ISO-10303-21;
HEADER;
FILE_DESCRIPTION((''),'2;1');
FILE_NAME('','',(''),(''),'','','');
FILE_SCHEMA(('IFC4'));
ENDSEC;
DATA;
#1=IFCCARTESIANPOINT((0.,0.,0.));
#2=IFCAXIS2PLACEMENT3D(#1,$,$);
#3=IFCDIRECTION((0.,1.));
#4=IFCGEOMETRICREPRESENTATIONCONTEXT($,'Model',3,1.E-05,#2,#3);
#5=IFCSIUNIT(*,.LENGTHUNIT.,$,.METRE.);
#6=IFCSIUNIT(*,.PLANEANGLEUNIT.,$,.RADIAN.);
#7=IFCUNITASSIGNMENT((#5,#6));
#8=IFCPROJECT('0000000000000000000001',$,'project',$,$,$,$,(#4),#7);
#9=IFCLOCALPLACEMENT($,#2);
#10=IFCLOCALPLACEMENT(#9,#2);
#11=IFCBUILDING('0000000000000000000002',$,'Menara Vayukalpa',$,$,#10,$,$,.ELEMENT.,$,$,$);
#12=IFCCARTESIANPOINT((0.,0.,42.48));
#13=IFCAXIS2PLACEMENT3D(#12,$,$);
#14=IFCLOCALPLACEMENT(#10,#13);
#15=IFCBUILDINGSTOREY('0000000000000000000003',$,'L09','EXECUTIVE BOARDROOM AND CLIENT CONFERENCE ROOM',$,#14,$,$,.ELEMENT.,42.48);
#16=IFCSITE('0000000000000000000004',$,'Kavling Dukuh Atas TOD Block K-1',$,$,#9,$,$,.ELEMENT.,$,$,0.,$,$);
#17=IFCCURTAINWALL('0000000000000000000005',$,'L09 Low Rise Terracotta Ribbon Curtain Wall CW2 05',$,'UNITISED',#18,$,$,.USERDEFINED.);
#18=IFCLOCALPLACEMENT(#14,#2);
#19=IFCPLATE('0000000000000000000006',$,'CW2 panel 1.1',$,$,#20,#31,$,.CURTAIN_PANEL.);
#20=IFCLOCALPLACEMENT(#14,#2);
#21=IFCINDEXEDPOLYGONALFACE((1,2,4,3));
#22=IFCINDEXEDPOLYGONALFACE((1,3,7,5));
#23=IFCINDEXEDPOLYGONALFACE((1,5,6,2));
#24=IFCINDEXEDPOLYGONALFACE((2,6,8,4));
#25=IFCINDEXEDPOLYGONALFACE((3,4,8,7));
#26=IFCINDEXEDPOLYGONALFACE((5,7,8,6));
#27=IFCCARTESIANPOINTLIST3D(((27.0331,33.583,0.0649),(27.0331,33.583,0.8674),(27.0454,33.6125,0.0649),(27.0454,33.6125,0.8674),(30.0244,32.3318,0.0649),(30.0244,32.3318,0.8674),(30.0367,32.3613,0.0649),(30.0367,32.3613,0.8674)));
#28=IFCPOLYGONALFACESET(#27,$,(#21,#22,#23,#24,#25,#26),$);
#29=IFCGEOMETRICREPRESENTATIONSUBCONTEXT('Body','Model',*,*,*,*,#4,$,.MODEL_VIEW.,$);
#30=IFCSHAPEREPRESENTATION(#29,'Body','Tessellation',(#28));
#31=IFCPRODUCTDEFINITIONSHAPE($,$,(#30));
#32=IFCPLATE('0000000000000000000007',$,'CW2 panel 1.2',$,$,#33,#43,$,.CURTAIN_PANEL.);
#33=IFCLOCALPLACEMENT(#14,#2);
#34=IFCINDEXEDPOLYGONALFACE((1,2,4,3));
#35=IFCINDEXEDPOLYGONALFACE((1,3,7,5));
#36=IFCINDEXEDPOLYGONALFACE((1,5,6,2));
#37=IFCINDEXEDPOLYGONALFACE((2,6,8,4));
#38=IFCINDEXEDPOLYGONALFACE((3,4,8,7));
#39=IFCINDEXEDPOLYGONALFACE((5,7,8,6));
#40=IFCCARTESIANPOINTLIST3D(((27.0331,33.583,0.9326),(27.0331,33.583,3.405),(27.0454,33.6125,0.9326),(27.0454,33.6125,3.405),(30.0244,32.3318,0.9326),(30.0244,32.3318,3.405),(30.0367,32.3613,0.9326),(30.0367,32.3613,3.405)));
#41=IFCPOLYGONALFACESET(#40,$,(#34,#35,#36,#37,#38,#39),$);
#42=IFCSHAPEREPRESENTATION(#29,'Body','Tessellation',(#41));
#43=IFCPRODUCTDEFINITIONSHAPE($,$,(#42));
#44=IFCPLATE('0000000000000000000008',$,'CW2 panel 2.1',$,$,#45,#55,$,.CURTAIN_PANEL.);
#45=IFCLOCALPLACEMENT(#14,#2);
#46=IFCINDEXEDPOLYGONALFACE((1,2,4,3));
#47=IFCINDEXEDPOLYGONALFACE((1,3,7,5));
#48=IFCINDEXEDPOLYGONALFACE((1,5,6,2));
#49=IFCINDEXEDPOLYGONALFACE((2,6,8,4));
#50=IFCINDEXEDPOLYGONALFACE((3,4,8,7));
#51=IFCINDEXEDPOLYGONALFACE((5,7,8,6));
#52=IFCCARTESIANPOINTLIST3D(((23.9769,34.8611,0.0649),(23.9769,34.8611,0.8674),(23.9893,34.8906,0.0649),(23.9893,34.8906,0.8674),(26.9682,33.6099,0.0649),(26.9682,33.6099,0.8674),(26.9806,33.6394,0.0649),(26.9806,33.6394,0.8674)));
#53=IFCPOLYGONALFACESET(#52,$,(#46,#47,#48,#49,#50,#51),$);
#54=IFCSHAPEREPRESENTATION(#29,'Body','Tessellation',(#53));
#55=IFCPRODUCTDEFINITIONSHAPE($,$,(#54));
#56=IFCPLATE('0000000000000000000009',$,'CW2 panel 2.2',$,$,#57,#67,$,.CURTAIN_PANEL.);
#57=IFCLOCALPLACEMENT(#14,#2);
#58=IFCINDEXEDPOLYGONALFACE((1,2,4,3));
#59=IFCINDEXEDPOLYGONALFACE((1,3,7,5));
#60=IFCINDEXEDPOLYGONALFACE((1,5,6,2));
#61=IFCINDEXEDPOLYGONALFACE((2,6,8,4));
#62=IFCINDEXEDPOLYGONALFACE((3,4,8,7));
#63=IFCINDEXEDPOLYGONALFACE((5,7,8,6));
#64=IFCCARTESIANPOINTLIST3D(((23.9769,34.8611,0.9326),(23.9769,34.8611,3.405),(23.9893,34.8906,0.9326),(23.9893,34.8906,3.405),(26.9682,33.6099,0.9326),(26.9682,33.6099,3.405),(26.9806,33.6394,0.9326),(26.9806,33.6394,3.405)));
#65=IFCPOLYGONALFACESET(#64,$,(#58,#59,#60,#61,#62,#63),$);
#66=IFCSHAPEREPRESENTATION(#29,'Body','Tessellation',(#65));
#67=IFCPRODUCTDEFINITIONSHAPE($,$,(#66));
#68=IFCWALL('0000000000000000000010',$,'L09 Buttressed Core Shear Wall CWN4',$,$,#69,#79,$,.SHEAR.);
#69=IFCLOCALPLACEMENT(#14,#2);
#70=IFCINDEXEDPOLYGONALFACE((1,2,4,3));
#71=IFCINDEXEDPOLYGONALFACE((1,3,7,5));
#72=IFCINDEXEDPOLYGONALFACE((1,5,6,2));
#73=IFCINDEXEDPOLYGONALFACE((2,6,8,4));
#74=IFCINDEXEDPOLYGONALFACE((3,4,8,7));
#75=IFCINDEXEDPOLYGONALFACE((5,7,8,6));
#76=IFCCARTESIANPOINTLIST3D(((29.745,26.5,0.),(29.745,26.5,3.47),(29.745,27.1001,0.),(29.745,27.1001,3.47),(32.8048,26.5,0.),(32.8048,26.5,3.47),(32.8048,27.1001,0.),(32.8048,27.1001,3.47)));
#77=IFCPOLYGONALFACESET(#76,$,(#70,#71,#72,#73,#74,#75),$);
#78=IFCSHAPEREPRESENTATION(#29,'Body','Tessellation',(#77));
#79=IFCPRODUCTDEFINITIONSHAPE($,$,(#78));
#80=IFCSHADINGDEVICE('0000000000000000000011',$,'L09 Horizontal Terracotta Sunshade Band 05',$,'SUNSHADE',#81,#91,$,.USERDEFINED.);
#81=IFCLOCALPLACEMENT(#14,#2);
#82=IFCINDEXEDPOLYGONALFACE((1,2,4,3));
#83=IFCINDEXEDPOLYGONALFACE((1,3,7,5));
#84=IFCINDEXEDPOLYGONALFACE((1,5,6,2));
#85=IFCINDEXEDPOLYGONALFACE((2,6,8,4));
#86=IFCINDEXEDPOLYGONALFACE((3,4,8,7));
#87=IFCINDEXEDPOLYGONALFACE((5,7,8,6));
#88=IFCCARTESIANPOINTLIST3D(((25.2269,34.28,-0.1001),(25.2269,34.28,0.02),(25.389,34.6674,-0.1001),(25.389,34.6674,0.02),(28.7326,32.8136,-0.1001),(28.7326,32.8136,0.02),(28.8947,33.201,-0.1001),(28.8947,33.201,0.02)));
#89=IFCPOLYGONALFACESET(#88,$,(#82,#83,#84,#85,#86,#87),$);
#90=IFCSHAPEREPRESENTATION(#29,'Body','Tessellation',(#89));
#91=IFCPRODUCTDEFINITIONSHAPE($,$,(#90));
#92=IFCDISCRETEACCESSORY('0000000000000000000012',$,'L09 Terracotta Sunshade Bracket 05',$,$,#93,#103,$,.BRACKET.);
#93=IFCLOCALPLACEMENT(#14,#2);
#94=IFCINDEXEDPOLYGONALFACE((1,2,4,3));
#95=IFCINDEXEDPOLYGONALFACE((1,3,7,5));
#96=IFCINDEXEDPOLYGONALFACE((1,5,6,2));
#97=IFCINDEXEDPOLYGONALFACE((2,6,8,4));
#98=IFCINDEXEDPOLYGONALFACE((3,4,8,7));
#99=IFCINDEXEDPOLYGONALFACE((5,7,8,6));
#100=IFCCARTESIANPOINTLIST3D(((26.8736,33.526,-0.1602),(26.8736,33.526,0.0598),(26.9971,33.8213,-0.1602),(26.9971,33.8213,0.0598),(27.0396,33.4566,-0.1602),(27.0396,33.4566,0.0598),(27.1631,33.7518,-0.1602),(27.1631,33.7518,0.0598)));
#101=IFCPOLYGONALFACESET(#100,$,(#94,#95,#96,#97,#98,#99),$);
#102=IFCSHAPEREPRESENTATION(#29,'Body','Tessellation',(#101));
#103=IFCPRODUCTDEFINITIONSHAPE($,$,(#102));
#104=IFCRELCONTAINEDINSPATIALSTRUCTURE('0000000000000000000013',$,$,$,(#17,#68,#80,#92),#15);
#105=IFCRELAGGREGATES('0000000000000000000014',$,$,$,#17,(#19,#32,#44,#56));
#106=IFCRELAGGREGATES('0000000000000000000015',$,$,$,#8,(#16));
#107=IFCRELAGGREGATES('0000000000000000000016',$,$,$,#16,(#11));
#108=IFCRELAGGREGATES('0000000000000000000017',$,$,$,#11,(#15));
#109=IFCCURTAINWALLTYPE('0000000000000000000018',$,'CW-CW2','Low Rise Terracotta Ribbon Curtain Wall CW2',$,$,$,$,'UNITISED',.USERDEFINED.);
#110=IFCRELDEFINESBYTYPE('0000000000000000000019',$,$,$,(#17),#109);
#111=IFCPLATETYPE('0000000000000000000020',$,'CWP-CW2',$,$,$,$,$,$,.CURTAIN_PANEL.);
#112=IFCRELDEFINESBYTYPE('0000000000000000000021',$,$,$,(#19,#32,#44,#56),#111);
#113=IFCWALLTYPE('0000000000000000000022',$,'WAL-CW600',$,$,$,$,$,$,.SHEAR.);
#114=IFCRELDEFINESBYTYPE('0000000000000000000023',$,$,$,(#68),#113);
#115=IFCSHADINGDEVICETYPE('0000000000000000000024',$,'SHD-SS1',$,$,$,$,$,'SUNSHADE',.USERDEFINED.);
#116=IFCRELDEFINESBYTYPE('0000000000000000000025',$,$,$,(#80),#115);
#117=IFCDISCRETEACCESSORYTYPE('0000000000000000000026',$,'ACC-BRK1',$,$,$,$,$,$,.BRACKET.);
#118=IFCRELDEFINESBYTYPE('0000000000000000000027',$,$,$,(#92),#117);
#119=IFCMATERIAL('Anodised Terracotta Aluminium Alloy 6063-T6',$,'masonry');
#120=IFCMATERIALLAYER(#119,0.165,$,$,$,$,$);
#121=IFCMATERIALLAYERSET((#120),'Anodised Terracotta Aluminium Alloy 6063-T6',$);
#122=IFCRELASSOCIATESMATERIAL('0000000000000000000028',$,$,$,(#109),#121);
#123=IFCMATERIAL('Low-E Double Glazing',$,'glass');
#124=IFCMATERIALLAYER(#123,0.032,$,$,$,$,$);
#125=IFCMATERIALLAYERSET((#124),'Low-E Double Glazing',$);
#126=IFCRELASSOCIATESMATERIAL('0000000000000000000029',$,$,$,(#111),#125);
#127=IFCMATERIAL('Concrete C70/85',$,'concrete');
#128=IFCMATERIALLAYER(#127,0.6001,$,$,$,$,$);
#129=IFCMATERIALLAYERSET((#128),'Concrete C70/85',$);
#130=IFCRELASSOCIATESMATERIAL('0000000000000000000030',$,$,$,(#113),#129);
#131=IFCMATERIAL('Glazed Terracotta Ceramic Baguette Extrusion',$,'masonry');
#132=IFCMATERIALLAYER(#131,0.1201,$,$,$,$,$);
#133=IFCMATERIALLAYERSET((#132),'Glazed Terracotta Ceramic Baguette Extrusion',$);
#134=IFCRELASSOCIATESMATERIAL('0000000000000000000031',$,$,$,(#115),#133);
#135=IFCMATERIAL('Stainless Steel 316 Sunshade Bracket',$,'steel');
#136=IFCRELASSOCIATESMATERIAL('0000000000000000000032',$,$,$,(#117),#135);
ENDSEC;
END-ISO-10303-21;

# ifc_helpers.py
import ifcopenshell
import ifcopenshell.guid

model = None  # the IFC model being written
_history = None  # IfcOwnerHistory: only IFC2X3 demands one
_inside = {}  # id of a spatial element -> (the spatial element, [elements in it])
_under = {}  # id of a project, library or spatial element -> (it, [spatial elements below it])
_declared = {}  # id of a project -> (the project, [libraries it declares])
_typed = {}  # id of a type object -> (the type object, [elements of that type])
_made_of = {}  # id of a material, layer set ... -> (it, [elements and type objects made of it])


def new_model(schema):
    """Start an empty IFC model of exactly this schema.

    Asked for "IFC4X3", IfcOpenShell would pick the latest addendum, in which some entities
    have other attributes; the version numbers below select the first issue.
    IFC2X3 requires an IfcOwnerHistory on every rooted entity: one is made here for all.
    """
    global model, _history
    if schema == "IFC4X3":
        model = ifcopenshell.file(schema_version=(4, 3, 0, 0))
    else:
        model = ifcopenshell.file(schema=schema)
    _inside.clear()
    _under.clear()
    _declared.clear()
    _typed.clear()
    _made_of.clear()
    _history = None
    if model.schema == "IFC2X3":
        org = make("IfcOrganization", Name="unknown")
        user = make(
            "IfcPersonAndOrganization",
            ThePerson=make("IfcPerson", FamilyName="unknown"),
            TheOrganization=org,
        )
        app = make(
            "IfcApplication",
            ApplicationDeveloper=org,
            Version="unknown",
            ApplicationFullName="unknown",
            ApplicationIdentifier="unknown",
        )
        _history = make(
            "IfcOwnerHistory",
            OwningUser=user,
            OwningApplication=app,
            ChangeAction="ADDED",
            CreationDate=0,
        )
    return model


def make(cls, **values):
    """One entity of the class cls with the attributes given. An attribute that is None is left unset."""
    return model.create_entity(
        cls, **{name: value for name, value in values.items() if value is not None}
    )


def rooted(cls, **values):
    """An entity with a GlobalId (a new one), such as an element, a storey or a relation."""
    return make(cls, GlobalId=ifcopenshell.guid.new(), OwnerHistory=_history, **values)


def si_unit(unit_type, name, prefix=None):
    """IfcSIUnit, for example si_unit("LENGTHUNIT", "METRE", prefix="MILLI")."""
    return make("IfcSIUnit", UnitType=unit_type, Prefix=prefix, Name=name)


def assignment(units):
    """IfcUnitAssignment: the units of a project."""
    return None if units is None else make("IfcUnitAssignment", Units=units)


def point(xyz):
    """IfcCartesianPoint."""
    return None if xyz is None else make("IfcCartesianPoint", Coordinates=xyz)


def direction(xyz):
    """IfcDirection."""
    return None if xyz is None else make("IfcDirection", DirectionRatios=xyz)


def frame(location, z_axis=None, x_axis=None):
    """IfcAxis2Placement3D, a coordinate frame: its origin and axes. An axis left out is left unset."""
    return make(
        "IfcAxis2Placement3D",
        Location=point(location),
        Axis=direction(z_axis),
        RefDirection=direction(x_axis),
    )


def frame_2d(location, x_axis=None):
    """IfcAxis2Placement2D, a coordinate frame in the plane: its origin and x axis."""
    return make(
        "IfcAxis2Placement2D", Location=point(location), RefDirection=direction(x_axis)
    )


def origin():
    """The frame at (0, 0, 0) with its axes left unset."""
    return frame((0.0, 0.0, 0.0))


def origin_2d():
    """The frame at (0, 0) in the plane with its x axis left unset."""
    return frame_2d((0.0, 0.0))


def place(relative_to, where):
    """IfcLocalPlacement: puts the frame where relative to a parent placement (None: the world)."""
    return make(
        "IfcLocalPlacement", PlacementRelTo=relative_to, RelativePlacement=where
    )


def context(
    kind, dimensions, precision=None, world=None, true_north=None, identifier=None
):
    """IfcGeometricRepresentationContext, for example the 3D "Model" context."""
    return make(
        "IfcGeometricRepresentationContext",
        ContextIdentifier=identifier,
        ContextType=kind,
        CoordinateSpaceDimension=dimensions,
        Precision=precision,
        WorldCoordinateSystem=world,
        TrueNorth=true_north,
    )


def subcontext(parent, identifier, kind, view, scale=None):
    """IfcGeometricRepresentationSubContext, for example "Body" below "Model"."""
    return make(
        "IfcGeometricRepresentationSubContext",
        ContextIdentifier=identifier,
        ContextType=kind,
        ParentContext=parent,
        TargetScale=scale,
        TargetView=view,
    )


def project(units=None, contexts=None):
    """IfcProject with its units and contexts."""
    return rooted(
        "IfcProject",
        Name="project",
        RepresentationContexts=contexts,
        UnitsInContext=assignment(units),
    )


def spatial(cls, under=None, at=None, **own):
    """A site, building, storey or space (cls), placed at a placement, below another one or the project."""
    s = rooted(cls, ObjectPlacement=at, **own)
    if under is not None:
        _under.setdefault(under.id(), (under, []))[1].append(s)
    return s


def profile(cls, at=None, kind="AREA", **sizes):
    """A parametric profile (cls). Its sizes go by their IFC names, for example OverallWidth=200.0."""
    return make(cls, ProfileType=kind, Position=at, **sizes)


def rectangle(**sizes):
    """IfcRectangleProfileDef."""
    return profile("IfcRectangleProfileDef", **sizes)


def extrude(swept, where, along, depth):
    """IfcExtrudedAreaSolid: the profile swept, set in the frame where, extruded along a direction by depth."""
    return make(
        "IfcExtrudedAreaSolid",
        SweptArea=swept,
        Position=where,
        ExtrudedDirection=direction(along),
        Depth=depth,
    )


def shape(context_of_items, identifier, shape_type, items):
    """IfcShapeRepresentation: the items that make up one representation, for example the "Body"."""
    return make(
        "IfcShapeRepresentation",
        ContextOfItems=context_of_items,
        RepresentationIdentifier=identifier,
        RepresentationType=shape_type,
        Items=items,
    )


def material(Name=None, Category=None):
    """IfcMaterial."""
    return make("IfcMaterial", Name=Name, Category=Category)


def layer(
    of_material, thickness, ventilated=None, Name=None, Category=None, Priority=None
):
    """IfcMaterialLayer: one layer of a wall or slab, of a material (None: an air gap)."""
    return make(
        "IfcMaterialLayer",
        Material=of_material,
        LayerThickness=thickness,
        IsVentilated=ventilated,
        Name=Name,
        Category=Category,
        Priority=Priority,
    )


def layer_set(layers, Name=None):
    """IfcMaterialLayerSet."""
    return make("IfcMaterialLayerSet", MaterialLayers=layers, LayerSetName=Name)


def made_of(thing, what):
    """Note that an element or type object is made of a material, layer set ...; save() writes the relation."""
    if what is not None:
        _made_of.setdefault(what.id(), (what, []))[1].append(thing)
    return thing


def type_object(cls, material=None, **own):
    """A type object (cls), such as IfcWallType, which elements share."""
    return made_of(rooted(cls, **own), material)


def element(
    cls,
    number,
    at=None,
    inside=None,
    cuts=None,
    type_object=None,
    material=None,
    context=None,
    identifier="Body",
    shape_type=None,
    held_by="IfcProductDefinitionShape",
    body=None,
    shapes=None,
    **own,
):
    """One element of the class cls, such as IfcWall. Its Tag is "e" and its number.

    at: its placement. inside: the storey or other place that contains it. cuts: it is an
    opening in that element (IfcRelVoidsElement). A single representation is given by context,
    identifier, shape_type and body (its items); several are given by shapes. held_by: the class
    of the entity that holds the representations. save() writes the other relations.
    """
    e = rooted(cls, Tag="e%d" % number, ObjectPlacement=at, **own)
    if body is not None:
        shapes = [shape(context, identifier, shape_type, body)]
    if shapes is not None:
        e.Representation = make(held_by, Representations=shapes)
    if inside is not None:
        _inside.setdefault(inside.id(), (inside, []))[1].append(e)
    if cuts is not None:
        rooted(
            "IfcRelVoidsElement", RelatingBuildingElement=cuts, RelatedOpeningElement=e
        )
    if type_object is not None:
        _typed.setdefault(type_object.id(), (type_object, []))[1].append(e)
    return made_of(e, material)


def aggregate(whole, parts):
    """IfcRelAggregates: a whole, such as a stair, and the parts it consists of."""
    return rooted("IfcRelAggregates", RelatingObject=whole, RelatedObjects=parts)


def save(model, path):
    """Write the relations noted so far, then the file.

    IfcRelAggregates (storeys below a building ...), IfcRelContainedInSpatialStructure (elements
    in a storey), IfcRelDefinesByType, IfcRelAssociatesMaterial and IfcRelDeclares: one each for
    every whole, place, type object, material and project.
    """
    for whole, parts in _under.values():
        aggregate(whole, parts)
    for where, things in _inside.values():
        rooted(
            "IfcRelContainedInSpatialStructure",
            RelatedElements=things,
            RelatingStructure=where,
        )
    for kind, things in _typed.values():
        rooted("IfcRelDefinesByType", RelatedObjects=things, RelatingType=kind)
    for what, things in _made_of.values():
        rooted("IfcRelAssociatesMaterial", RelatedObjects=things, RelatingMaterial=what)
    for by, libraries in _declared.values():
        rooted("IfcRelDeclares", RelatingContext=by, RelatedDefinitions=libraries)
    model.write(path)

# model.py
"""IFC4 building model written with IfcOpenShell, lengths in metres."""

from ifc_helpers import new_model, si_unit, direction, frame, frame_2d, origin, origin_2d, place, context, subcontext, project, spatial, rectangle, extrude, material, layer, layer_set, type_object, element, aggregate, save


model = new_model("IFC4")

# Units and contexts
model_context = context("Model", 3, precision=1e-05, world=origin(), true_north=direction((0.0, 1.0)))
body_context = subcontext(model_context, "Body", "Model", "MODEL_VIEW")
ifc_project = project(units=[si_unit("LENGTHUNIT", "METRE"), si_unit("PLANEANGLEUNIT", "RADIAN")], contexts=[model_context])

# Site, building, storey
site_placement = place(None, origin())
site = spatial("IfcSite", under=ifc_project, at=site_placement, Name="Kavling Dukuh Atas TOD Block K-1", CompositionType="ELEMENT", RefElevation=0.0)
building_placement = place(site_placement, origin())
building = spatial("IfcBuilding", under=site, at=building_placement, Name="Menara Vayukalpa", CompositionType="ELEMENT")
storey_placement = place(building_placement, frame((0.0, 0.0, 42.48)))
storey = spatial("IfcBuildingStorey", under=building, at=storey_placement, Name="L09", Description="EXECUTIVE BOARDROOM AND CLIENT CONFERENCE ROOM", CompositionType="ELEMENT", Elevation=42.48)

# Shared definitions
ifc_material_1 = material(Name="Anodised Terracotta Aluminium Alloy 6063-T6", Category="masonry")
ifc_layer_1 = layer(ifc_material_1, 0.165)
ifc_layer_set_1 = layer_set([ifc_layer_1], Name="Anodised Terracotta Aluminium Alloy 6063-T6")
curtain_wall_type = type_object("IfcCurtainWallType", Name="CW-CW2", Description="Low Rise Terracotta Ribbon Curtain Wall CW2", ElementType="UNITISED", PredefinedType="USERDEFINED", material=ifc_layer_set_1)

# Curtain wall, plates
curtain_wall_1_placement = place(storey_placement, origin())
curtain_wall_1 = element("IfcCurtainWall", 1, at=curtain_wall_1_placement, inside=storey, type_object=curtain_wall_type, Name="L09 Low Rise Terracotta Ribbon Curtain Wall CW2 05", ObjectType="UNITISED", PredefinedType="USERDEFINED")
ifc_material_2 = material(Name="Low-E Double Glazing", Category="glass")
ifc_layer_2 = layer(ifc_material_2, 0.032)
ifc_layer_set_2 = layer_set([ifc_layer_2], Name="Low-E Double Glazing")
plate_type = type_object("IfcPlateType", Name="CWP-CW2", PredefinedType="CURTAIN_PANEL", material=ifc_layer_set_2)
plate_1_placement = place(storey_placement, frame((28.5349, 32.9722, 0.0649), z_axis=(0.0, 0.0, 1.0), x_axis=(-0.922543, 0.385895, 0.0)))
plate_1 = element("IfcPlate", 2, at=plate_1_placement, type_object=plate_type, Name="CW2 panel 1.1", PredefinedType="CURTAIN_PANEL", context=body_context, shape_type="SweptSolid", body=[
    extrude(rectangle(XDim=3.2424, YDim=0.032, at=origin_2d()), origin(), (0.0, 0.0, 1.0), 0.8025),
])
plate_2_placement = place(storey_placement, frame((28.5349, 32.9722, 0.9326), z_axis=(0.0, 0.0, 1.0), x_axis=(-0.922543, 0.385895, 0.0)))
plate_2 = element("IfcPlate", 3, at=plate_2_placement, type_object=plate_type, Name="CW2 panel 1.2", PredefinedType="CURTAIN_PANEL", context=body_context, shape_type="SweptSolid", body=[
    extrude(rectangle(XDim=3.2424, YDim=0.032, at=origin_2d()), origin(), (0.0, 0.0, 1.0), 2.4724),
])
plate_3_placement = place(storey_placement, frame((25.4788, 34.2502, 0.0649), z_axis=(0.0, 0.0, 1.0), x_axis=(-0.922543, 0.385895, 0.0)))
plate_3 = element("IfcPlate", 4, at=plate_3_placement, type_object=plate_type, Name="CW2 panel 2.1", PredefinedType="CURTAIN_PANEL", context=body_context, shape_type="SweptSolid", body=[
    extrude(rectangle(XDim=3.2424, YDim=0.032, at=origin_2d()), origin(), (0.0, 0.0, 1.0), 0.8025),
])
plate_4_placement = place(storey_placement, frame((25.4788, 34.2502, 0.9326), z_axis=(0.0, 0.0, 1.0), x_axis=(-0.922543, 0.385895, 0.0)))
plate_4 = element("IfcPlate", 5, at=plate_4_placement, type_object=plate_type, Name="CW2 panel 2.2", PredefinedType="CURTAIN_PANEL", context=body_context, shape_type="SweptSolid", body=[
    extrude(rectangle(XDim=3.2424, YDim=0.032, at=origin_2d()), origin(), (0.0, 0.0, 1.0), 2.4724),
])
aggregate(curtain_wall_1, [plate_1, plate_2, plate_3, plate_4])

# Wall
ifc_material_3 = material(Name="Concrete C70/85", Category="concrete")
ifc_layer_3 = layer(ifc_material_3, 0.6001)
ifc_layer_set_3 = layer_set([ifc_layer_3], Name="Concrete C70/85")
wall_type = type_object("IfcWallType", Name="WAL-CW600", PredefinedType="SHEAR", material=ifc_layer_set_3)
wall_placement = place(storey_placement, frame((29.7451, 26.8, 0.0), z_axis=(0.0, 0.0, 1.0), x_axis=(1.0, 0.0, 0.0)))
element("IfcWall", 6, at=wall_placement, inside=storey, type_object=wall_type, Name="L09 Buttressed Core Shear Wall CWN4", PredefinedType="SHEAR", context=body_context, shape_type="SweptSolid", body=[
    extrude(rectangle(XDim=3.0598, YDim=0.6001, at=frame_2d((1.5298, 0.0))), origin(), (0.0, 0.0, 1.0), 3.47),
])

# Shading device
ifc_material_4 = material(Name="Glazed Terracotta Ceramic Baguette Extrusion", Category="masonry")
ifc_layer_4 = layer(ifc_material_4, 0.1201)
ifc_layer_set_4 = layer_set([ifc_layer_4], Name="Glazed Terracotta Ceramic Baguette Extrusion")
shading_device_type = type_object("IfcShadingDeviceType", Name="SHD-SS1", ElementType="SUNSHADE", PredefinedType="USERDEFINED", material=ifc_layer_set_4)
shading_device_placement = place(storey_placement, frame((27.0608, 33.7405, -0.1001), z_axis=(0.0, 0.0, 1.0), x_axis=(-0.922545, 0.38589, 0.0)))
element("IfcShadingDevice", 7, at=shading_device_placement, inside=storey, type_object=shading_device_type, Name="L09 Horizontal Terracotta Sunshade Band 05", ObjectType="SUNSHADE", PredefinedType="USERDEFINED", context=body_context, shape_type="SweptSolid", body=[
    extrude(rectangle(XDim=3.8, YDim=0.4199, at=origin_2d()), origin(), (0.0, 0.0, 1.0), 0.1201),
])

# Discrete accessory
ifc_material_5 = material(Name="Stainless Steel 316 Sunshade Bracket", Category="steel")
discrete_accessory_type = type_object("IfcDiscreteAccessoryType", Name="ACC-BRK1", PredefinedType="BRACKET", material=ifc_material_5)
discrete_accessory_placement = place(storey_placement, frame((27.0183, 33.6389, -0.1602), z_axis=(0.0, 0.0, 1.0), x_axis=(-0.922545, 0.38589, 0.0)))
element("IfcDiscreteAccessory", 8, at=discrete_accessory_placement, inside=storey, type_object=discrete_accessory_type, Name="L09 Terracotta Sunshade Bracket 05", PredefinedType="BRACKET", context=body_context, shape_type="SweptSolid", body=[
    extrude(rectangle(XDim=0.1799, YDim=0.3201, at=origin_2d()), origin(), (0.0, 0.0, 1.0), 0.22),
])

save(model, "model.ifc")
